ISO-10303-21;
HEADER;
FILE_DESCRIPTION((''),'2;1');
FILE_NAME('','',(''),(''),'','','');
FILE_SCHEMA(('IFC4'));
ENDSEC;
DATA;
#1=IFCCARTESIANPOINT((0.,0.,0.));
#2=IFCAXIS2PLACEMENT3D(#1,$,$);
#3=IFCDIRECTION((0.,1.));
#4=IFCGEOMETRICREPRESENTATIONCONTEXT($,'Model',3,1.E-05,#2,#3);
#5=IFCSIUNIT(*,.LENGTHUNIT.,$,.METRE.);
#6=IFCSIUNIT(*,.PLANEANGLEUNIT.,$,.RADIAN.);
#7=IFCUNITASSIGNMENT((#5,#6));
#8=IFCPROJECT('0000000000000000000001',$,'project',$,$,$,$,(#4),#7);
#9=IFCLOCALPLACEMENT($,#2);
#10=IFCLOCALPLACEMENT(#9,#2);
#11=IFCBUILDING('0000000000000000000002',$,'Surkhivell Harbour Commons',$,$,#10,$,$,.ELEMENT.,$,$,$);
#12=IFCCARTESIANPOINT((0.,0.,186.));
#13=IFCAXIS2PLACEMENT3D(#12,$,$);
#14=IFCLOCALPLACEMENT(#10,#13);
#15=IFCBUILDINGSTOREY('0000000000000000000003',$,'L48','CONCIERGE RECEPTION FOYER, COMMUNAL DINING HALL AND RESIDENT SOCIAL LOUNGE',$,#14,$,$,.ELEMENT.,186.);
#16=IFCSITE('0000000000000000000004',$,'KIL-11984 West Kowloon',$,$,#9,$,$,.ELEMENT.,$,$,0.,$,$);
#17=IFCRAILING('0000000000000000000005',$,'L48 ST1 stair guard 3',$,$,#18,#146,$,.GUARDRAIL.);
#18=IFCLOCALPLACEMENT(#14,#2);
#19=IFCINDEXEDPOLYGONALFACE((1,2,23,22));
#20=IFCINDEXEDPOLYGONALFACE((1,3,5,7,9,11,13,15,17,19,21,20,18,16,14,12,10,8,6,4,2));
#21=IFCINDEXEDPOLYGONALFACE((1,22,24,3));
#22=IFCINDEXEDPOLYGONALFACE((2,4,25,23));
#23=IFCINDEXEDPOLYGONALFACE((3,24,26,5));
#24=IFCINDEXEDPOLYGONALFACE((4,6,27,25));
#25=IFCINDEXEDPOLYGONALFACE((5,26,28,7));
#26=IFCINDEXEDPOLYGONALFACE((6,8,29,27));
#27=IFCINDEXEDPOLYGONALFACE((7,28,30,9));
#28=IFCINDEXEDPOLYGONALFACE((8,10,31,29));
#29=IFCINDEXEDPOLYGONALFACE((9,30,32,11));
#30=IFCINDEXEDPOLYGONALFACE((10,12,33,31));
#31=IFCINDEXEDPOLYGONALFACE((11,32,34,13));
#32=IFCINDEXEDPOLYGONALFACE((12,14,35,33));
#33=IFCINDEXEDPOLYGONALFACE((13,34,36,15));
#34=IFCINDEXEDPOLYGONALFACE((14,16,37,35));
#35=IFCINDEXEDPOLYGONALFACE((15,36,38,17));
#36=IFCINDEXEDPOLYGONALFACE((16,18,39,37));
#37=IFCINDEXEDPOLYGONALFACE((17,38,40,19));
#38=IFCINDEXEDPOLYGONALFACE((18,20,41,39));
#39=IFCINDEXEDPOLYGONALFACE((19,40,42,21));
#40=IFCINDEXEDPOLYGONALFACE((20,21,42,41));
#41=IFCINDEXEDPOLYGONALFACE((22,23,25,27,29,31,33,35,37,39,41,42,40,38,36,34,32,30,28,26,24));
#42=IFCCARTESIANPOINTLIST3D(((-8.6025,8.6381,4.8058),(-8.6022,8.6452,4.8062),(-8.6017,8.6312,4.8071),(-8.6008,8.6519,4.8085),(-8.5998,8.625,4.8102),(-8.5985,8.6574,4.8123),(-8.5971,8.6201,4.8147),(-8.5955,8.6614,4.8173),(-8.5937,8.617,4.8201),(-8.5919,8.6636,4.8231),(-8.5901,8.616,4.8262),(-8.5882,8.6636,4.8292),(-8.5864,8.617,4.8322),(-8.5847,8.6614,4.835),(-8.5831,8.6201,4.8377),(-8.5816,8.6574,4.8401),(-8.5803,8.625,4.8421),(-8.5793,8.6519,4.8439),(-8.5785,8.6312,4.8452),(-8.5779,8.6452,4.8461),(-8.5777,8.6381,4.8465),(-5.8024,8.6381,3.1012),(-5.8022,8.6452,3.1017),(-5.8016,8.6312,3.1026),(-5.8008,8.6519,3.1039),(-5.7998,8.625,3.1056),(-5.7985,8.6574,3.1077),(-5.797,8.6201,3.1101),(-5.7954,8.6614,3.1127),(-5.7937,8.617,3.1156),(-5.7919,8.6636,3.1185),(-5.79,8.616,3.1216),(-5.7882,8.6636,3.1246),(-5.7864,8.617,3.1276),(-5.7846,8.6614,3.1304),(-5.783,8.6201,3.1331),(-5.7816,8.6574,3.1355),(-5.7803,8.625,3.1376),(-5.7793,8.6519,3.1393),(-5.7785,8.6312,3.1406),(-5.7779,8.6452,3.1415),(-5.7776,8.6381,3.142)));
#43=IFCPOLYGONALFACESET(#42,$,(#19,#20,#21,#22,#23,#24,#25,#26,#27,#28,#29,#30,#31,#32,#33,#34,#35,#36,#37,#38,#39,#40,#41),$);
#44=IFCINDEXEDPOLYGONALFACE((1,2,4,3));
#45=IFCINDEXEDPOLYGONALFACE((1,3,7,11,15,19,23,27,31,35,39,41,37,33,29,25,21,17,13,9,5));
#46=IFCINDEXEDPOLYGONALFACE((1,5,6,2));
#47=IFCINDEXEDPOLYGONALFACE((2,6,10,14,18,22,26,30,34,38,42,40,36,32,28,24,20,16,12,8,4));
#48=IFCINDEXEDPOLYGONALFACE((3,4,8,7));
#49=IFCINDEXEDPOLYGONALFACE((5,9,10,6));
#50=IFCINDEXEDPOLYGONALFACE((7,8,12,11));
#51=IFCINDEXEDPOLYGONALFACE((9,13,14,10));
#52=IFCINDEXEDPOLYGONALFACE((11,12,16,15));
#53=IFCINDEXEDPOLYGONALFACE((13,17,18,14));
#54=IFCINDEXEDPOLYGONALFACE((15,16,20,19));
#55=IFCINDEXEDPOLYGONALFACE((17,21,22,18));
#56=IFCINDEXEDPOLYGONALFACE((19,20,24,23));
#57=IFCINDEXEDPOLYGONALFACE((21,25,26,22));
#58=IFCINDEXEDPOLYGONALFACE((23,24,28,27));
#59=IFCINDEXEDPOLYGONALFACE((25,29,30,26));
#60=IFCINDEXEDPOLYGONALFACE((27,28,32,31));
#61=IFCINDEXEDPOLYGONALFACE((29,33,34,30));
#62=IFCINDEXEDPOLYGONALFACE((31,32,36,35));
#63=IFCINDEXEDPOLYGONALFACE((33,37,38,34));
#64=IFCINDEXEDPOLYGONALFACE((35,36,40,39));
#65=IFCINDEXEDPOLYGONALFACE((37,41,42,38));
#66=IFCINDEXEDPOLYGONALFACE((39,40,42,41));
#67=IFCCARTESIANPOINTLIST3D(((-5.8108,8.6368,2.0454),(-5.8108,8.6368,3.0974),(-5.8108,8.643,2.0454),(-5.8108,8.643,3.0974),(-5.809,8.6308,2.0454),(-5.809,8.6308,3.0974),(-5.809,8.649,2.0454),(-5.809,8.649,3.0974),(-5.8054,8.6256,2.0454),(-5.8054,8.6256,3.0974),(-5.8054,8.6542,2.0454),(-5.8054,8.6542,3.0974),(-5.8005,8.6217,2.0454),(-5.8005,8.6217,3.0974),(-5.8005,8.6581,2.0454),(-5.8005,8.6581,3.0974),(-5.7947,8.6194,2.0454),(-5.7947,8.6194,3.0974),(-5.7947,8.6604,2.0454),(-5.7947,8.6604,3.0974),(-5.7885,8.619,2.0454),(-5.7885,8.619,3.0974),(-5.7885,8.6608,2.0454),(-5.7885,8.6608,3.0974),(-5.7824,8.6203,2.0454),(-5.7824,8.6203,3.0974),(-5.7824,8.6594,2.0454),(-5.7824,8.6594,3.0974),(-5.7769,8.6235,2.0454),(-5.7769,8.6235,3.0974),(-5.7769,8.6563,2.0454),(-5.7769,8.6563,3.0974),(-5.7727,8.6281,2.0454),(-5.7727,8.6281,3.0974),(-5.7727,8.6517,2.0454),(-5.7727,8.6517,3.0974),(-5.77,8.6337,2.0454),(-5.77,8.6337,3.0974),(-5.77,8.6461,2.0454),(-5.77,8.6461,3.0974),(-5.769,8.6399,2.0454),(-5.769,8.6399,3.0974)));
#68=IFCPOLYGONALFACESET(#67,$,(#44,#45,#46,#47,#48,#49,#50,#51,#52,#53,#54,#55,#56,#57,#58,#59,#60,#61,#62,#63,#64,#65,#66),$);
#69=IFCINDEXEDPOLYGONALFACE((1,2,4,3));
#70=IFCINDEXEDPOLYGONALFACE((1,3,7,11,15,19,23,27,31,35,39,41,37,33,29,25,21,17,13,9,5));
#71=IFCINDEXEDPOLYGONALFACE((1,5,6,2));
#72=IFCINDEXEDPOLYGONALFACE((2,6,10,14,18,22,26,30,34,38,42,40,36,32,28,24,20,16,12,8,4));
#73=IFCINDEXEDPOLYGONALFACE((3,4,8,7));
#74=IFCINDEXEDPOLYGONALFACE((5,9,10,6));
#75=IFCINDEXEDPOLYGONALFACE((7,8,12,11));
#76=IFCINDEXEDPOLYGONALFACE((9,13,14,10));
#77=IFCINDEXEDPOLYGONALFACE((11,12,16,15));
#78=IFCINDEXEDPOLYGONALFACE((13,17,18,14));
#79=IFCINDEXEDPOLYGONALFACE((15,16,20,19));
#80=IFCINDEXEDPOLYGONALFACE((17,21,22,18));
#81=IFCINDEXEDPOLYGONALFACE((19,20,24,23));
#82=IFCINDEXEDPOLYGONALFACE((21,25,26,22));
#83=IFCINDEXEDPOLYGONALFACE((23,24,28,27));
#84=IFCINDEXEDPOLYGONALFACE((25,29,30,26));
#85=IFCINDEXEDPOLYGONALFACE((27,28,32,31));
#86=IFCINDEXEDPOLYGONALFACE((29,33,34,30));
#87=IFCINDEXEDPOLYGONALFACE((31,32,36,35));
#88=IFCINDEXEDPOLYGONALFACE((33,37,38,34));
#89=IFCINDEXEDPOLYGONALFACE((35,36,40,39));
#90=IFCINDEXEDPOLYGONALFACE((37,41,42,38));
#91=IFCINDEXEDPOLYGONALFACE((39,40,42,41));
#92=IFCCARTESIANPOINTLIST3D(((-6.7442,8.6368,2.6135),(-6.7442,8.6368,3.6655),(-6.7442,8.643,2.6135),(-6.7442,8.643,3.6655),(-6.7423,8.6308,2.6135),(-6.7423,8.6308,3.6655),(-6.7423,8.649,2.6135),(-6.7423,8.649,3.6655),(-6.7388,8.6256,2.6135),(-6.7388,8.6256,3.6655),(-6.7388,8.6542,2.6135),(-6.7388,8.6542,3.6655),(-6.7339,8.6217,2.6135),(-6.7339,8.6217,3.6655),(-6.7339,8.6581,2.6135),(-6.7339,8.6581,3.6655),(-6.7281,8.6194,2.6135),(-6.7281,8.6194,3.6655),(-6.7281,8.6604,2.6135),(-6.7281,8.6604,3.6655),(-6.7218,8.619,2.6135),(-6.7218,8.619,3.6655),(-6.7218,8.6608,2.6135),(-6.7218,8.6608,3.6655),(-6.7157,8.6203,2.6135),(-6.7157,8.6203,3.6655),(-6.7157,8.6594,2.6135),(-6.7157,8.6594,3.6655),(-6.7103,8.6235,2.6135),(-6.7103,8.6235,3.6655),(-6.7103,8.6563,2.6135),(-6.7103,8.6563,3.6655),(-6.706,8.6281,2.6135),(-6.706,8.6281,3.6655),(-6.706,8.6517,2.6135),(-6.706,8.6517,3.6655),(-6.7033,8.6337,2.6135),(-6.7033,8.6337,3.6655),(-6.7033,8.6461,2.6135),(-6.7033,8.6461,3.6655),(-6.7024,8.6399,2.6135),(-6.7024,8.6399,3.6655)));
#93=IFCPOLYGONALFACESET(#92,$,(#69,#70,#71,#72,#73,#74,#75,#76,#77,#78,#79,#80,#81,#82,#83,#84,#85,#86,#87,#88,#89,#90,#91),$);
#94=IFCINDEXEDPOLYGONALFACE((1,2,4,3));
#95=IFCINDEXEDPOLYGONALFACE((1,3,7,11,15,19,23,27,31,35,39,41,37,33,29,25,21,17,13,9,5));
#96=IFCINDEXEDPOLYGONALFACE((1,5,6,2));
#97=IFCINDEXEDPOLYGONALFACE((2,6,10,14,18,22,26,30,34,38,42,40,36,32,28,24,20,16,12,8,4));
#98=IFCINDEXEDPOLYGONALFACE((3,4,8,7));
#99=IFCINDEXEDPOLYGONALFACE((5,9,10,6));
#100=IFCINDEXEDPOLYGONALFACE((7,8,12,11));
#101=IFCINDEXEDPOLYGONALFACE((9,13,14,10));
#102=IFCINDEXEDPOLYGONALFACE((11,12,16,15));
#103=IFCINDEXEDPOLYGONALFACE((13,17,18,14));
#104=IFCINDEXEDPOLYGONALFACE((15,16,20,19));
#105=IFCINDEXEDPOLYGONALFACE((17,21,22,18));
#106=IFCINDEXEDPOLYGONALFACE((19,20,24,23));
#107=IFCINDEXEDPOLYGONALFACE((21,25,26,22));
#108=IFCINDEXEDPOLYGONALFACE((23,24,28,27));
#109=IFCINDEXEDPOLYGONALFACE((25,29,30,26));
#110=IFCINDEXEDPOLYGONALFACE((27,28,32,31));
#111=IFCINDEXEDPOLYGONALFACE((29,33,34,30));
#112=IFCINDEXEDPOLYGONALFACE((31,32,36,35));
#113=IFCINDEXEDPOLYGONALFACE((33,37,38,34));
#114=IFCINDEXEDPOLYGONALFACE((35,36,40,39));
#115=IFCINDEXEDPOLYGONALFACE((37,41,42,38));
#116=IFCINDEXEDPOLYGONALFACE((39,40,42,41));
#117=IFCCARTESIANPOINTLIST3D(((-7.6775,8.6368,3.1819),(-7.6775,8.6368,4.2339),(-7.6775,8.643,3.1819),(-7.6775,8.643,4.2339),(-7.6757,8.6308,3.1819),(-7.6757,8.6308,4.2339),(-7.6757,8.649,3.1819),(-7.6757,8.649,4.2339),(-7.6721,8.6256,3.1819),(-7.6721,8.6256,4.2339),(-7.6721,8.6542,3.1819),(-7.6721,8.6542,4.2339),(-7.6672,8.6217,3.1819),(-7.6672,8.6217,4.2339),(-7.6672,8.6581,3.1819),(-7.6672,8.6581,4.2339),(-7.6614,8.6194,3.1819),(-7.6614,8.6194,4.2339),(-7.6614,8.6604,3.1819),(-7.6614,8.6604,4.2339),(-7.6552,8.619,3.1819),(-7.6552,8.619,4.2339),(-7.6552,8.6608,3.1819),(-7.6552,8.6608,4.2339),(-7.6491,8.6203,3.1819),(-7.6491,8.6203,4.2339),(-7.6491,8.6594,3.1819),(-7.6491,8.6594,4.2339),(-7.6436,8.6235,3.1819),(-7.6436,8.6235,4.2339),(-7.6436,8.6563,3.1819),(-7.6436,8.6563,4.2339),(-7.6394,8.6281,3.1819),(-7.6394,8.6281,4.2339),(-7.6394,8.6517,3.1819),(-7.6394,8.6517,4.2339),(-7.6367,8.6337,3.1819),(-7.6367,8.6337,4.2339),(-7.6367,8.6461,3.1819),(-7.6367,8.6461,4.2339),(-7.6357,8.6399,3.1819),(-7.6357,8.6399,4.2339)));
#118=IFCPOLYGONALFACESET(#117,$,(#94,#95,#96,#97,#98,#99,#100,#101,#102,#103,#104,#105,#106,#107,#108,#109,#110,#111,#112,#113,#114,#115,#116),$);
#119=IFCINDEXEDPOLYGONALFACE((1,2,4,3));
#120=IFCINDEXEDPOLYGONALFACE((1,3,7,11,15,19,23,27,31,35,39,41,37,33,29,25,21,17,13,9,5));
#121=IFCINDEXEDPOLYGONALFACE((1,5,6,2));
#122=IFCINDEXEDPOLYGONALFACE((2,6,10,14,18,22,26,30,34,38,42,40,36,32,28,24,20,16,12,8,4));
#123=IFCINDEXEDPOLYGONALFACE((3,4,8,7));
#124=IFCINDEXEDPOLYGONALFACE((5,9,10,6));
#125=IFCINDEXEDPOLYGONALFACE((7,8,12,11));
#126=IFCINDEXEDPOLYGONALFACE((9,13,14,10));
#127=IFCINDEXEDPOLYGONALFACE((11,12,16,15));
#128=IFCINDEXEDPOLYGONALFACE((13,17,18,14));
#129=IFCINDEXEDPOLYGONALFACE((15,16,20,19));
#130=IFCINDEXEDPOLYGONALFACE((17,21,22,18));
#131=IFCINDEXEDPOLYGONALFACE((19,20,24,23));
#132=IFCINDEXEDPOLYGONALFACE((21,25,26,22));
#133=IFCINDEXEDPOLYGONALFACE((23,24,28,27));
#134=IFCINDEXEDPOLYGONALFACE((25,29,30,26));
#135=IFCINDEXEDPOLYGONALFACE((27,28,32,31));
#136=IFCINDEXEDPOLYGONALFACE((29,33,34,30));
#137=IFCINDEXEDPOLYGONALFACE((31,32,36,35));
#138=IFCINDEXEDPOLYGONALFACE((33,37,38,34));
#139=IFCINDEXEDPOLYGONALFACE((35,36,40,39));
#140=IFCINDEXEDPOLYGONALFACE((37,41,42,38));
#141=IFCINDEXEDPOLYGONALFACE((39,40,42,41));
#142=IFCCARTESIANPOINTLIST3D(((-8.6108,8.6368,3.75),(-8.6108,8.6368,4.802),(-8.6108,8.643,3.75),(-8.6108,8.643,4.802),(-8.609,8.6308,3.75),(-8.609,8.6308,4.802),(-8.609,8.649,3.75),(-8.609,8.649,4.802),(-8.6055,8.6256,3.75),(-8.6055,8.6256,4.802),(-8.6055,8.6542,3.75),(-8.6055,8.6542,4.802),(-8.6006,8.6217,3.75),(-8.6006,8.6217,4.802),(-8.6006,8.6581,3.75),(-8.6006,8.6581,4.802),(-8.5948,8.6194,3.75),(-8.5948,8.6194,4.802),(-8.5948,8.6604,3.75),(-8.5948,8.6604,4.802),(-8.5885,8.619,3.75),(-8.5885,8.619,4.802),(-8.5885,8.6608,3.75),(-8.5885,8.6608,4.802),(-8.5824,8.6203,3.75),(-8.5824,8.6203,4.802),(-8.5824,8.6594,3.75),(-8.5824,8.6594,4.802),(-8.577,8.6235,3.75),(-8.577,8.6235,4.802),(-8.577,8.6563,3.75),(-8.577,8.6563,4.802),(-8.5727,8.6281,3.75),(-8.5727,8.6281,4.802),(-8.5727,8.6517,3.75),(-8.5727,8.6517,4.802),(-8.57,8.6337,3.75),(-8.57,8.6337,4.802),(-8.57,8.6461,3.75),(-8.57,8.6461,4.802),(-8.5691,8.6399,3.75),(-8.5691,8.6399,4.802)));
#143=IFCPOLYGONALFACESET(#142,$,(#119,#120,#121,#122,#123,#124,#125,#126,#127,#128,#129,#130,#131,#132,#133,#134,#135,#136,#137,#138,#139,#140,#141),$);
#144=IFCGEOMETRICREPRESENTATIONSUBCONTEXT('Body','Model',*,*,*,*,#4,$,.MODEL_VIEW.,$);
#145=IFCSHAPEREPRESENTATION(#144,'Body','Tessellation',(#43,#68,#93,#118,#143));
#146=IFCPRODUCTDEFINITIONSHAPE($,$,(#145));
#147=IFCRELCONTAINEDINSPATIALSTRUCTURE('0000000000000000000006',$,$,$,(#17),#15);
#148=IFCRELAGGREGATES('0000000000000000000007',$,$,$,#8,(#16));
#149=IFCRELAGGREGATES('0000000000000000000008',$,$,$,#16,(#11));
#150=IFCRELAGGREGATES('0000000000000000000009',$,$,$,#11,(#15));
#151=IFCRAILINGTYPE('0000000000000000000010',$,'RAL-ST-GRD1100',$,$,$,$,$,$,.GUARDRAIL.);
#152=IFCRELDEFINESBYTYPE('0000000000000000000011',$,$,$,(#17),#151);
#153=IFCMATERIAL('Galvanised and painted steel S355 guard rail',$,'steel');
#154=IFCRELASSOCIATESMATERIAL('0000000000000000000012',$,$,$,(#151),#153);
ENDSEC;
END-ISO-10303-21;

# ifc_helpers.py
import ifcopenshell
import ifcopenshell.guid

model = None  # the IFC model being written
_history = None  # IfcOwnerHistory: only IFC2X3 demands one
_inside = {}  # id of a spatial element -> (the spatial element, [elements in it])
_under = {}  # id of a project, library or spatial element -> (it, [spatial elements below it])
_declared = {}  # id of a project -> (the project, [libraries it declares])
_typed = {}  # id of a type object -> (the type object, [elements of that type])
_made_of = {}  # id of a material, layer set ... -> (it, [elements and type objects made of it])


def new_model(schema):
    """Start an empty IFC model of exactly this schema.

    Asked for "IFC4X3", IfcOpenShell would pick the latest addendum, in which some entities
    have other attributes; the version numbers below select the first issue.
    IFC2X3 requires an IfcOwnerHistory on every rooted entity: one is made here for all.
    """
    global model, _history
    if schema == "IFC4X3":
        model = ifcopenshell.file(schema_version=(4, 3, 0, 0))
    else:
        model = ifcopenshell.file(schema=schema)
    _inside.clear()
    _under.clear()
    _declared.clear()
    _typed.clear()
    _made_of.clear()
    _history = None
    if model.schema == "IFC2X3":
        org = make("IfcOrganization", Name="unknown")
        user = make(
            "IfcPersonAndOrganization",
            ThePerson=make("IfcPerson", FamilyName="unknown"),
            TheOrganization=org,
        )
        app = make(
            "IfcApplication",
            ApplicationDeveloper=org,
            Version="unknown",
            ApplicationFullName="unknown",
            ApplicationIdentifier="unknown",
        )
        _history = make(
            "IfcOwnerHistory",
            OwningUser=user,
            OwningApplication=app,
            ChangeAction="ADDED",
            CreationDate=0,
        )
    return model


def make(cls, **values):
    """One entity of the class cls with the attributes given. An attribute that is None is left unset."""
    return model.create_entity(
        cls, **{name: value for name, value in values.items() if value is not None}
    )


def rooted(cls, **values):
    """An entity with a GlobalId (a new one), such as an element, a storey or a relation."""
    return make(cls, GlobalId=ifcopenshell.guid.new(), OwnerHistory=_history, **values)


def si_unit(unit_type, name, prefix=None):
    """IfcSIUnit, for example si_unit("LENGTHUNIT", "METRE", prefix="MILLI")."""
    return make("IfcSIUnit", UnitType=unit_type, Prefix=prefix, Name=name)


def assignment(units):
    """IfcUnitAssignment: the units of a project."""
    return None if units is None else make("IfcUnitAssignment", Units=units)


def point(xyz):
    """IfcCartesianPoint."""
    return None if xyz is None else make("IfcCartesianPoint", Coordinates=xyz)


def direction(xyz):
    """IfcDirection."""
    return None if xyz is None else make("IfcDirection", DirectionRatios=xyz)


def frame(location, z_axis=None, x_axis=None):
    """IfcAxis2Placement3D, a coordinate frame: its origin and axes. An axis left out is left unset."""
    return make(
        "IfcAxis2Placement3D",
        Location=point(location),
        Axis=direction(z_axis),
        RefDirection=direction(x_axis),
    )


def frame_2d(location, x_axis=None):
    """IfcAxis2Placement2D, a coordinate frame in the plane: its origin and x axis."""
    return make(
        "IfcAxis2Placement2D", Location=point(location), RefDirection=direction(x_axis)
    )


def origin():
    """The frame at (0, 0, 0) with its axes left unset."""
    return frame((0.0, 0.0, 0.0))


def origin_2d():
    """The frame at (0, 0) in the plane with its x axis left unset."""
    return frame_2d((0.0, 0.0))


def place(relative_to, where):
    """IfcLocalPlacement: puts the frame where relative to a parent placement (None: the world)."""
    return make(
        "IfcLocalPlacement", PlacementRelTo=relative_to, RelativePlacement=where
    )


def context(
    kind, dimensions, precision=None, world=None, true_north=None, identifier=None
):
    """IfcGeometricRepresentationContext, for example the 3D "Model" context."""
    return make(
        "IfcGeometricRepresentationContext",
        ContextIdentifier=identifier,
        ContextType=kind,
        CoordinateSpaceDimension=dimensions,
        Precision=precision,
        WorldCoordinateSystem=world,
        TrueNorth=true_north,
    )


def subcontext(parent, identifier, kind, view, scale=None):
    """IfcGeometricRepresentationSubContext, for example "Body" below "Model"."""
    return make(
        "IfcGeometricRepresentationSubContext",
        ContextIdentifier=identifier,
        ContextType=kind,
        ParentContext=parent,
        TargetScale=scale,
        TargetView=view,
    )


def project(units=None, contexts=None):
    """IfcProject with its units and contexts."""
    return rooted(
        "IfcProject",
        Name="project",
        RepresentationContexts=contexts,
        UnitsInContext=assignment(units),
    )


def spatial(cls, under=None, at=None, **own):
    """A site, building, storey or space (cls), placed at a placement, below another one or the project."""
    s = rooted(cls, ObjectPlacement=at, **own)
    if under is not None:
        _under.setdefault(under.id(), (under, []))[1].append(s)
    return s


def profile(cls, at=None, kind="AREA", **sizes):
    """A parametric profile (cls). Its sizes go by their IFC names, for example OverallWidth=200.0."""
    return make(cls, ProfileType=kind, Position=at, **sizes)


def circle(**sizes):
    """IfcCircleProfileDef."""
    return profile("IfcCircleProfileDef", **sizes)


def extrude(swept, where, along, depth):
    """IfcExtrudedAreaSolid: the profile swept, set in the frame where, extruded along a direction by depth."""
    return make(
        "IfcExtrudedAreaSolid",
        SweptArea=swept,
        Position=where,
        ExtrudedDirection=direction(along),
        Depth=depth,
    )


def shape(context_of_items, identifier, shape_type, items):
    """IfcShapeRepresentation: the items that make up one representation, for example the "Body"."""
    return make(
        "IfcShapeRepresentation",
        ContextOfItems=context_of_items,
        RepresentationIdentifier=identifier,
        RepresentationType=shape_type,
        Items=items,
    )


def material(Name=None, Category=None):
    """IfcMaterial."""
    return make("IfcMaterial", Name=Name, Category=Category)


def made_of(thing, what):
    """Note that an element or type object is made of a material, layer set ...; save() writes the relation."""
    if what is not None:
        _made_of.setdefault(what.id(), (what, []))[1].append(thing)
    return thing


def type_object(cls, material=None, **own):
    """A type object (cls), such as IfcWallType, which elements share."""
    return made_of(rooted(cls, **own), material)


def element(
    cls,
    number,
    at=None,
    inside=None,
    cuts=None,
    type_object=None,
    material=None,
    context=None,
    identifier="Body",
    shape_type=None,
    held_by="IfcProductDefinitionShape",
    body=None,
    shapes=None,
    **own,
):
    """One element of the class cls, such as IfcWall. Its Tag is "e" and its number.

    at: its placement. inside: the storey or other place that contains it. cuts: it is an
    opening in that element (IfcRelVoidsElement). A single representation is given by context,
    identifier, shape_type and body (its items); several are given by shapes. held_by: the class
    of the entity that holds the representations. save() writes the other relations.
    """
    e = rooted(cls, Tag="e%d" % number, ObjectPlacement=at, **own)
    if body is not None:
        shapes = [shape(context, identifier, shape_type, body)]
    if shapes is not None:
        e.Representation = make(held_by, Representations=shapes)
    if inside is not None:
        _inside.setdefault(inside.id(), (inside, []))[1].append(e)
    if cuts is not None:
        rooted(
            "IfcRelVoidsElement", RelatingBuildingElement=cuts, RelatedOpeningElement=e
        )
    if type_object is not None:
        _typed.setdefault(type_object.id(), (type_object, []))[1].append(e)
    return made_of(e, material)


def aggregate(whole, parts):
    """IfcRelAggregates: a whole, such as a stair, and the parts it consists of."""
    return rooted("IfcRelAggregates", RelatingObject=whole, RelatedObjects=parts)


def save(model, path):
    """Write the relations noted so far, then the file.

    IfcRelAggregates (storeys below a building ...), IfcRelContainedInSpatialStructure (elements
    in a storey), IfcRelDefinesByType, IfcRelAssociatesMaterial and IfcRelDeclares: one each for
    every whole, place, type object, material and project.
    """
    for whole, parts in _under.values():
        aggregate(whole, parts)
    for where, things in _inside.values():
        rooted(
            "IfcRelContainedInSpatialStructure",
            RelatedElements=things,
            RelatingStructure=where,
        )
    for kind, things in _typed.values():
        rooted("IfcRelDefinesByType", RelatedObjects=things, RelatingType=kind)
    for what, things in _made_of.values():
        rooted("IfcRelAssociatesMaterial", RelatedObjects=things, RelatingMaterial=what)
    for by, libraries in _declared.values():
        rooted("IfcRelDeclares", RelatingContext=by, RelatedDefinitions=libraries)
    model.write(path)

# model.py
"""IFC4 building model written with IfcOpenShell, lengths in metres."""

from ifc_helpers import new_model, si_unit, direction, frame, origin, origin_2d, place, context, subcontext, project, spatial, circle, extrude, material, type_object, element, save


model = new_model("IFC4")

# Units and contexts
model_context = context("Model", 3, precision=1e-05, world=origin(), true_north=direction((0.0, 1.0)))
body_context = subcontext(model_context, "Body", "Model", "MODEL_VIEW")
ifc_project = project(units=[si_unit("LENGTHUNIT", "METRE"), si_unit("PLANEANGLEUNIT", "RADIAN")], contexts=[model_context])

# Site, building, storey
site_placement = place(None, origin())
site = spatial("IfcSite", under=ifc_project, at=site_placement, Name="KIL-11984 West Kowloon", CompositionType="ELEMENT", RefElevation=0.0)
building_placement = place(site_placement, origin())
building = spatial("IfcBuilding", under=site, at=building_placement, Name="Surkhivell Harbour Commons", CompositionType="ELEMENT")
storey_placement = place(building_placement, frame((0.0, 0.0, 186.0)))
storey = spatial("IfcBuildingStorey", under=building, at=storey_placement, Name="L48", Description="CONCIERGE RECEPTION FOYER, COMMUNAL DINING HALL AND RESIDENT SOCIAL LOUNGE", CompositionType="ELEMENT", Elevation=186.0)

# Railing
ifc_material_1 = material(Name="Galvanised and painted steel S355 guard rail", Category="steel")
railing_type_1 = type_object("IfcRailingType", Name="RAL-ST-GRD1100", PredefinedType="GUARDRAIL", material=ifc_material_1)
railing_1_placement = place(storey_placement, frame((-5.79, 8.6399, 2.0454)))
element("IfcRailing", 1, at=railing_1_placement, inside=storey, type_object=railing_type_1, Name="L48 ST1 stair guard 3", PredefinedType="GUARDRAIL", context=body_context, shape_type="SweptSolid", body=[
    extrude(circle(Radius=0.0239, at=origin_2d()), frame((0.0, 0.0, 1.0762), z_axis=(-0.85417, 0.0, 0.519994), x_axis=(0.0, -1.0, 0.0)), (0.0, 0.0, 1.0), 3.2781),
    extrude(circle(Radius=0.021, at=origin_2d()), origin(), (0.0, 0.0, 1.0), 1.052),
    extrude(circle(Radius=0.021, at=origin_2d()), frame((-0.9333, 0.0, 0.5681)), (0.0, 0.0, 1.0), 1.052),
    extrude(circle(Radius=0.021, at=origin_2d()), frame((-1.8667, 0.0, 1.1365)), (0.0, 0.0, 1.0), 1.052),
    extrude(circle(Radius=0.021, at=origin_2d()), frame((-2.8, 0.0, 1.7046)), (0.0, 0.0, 1.0), 1.052),
])

save(model, "model.ifc")
